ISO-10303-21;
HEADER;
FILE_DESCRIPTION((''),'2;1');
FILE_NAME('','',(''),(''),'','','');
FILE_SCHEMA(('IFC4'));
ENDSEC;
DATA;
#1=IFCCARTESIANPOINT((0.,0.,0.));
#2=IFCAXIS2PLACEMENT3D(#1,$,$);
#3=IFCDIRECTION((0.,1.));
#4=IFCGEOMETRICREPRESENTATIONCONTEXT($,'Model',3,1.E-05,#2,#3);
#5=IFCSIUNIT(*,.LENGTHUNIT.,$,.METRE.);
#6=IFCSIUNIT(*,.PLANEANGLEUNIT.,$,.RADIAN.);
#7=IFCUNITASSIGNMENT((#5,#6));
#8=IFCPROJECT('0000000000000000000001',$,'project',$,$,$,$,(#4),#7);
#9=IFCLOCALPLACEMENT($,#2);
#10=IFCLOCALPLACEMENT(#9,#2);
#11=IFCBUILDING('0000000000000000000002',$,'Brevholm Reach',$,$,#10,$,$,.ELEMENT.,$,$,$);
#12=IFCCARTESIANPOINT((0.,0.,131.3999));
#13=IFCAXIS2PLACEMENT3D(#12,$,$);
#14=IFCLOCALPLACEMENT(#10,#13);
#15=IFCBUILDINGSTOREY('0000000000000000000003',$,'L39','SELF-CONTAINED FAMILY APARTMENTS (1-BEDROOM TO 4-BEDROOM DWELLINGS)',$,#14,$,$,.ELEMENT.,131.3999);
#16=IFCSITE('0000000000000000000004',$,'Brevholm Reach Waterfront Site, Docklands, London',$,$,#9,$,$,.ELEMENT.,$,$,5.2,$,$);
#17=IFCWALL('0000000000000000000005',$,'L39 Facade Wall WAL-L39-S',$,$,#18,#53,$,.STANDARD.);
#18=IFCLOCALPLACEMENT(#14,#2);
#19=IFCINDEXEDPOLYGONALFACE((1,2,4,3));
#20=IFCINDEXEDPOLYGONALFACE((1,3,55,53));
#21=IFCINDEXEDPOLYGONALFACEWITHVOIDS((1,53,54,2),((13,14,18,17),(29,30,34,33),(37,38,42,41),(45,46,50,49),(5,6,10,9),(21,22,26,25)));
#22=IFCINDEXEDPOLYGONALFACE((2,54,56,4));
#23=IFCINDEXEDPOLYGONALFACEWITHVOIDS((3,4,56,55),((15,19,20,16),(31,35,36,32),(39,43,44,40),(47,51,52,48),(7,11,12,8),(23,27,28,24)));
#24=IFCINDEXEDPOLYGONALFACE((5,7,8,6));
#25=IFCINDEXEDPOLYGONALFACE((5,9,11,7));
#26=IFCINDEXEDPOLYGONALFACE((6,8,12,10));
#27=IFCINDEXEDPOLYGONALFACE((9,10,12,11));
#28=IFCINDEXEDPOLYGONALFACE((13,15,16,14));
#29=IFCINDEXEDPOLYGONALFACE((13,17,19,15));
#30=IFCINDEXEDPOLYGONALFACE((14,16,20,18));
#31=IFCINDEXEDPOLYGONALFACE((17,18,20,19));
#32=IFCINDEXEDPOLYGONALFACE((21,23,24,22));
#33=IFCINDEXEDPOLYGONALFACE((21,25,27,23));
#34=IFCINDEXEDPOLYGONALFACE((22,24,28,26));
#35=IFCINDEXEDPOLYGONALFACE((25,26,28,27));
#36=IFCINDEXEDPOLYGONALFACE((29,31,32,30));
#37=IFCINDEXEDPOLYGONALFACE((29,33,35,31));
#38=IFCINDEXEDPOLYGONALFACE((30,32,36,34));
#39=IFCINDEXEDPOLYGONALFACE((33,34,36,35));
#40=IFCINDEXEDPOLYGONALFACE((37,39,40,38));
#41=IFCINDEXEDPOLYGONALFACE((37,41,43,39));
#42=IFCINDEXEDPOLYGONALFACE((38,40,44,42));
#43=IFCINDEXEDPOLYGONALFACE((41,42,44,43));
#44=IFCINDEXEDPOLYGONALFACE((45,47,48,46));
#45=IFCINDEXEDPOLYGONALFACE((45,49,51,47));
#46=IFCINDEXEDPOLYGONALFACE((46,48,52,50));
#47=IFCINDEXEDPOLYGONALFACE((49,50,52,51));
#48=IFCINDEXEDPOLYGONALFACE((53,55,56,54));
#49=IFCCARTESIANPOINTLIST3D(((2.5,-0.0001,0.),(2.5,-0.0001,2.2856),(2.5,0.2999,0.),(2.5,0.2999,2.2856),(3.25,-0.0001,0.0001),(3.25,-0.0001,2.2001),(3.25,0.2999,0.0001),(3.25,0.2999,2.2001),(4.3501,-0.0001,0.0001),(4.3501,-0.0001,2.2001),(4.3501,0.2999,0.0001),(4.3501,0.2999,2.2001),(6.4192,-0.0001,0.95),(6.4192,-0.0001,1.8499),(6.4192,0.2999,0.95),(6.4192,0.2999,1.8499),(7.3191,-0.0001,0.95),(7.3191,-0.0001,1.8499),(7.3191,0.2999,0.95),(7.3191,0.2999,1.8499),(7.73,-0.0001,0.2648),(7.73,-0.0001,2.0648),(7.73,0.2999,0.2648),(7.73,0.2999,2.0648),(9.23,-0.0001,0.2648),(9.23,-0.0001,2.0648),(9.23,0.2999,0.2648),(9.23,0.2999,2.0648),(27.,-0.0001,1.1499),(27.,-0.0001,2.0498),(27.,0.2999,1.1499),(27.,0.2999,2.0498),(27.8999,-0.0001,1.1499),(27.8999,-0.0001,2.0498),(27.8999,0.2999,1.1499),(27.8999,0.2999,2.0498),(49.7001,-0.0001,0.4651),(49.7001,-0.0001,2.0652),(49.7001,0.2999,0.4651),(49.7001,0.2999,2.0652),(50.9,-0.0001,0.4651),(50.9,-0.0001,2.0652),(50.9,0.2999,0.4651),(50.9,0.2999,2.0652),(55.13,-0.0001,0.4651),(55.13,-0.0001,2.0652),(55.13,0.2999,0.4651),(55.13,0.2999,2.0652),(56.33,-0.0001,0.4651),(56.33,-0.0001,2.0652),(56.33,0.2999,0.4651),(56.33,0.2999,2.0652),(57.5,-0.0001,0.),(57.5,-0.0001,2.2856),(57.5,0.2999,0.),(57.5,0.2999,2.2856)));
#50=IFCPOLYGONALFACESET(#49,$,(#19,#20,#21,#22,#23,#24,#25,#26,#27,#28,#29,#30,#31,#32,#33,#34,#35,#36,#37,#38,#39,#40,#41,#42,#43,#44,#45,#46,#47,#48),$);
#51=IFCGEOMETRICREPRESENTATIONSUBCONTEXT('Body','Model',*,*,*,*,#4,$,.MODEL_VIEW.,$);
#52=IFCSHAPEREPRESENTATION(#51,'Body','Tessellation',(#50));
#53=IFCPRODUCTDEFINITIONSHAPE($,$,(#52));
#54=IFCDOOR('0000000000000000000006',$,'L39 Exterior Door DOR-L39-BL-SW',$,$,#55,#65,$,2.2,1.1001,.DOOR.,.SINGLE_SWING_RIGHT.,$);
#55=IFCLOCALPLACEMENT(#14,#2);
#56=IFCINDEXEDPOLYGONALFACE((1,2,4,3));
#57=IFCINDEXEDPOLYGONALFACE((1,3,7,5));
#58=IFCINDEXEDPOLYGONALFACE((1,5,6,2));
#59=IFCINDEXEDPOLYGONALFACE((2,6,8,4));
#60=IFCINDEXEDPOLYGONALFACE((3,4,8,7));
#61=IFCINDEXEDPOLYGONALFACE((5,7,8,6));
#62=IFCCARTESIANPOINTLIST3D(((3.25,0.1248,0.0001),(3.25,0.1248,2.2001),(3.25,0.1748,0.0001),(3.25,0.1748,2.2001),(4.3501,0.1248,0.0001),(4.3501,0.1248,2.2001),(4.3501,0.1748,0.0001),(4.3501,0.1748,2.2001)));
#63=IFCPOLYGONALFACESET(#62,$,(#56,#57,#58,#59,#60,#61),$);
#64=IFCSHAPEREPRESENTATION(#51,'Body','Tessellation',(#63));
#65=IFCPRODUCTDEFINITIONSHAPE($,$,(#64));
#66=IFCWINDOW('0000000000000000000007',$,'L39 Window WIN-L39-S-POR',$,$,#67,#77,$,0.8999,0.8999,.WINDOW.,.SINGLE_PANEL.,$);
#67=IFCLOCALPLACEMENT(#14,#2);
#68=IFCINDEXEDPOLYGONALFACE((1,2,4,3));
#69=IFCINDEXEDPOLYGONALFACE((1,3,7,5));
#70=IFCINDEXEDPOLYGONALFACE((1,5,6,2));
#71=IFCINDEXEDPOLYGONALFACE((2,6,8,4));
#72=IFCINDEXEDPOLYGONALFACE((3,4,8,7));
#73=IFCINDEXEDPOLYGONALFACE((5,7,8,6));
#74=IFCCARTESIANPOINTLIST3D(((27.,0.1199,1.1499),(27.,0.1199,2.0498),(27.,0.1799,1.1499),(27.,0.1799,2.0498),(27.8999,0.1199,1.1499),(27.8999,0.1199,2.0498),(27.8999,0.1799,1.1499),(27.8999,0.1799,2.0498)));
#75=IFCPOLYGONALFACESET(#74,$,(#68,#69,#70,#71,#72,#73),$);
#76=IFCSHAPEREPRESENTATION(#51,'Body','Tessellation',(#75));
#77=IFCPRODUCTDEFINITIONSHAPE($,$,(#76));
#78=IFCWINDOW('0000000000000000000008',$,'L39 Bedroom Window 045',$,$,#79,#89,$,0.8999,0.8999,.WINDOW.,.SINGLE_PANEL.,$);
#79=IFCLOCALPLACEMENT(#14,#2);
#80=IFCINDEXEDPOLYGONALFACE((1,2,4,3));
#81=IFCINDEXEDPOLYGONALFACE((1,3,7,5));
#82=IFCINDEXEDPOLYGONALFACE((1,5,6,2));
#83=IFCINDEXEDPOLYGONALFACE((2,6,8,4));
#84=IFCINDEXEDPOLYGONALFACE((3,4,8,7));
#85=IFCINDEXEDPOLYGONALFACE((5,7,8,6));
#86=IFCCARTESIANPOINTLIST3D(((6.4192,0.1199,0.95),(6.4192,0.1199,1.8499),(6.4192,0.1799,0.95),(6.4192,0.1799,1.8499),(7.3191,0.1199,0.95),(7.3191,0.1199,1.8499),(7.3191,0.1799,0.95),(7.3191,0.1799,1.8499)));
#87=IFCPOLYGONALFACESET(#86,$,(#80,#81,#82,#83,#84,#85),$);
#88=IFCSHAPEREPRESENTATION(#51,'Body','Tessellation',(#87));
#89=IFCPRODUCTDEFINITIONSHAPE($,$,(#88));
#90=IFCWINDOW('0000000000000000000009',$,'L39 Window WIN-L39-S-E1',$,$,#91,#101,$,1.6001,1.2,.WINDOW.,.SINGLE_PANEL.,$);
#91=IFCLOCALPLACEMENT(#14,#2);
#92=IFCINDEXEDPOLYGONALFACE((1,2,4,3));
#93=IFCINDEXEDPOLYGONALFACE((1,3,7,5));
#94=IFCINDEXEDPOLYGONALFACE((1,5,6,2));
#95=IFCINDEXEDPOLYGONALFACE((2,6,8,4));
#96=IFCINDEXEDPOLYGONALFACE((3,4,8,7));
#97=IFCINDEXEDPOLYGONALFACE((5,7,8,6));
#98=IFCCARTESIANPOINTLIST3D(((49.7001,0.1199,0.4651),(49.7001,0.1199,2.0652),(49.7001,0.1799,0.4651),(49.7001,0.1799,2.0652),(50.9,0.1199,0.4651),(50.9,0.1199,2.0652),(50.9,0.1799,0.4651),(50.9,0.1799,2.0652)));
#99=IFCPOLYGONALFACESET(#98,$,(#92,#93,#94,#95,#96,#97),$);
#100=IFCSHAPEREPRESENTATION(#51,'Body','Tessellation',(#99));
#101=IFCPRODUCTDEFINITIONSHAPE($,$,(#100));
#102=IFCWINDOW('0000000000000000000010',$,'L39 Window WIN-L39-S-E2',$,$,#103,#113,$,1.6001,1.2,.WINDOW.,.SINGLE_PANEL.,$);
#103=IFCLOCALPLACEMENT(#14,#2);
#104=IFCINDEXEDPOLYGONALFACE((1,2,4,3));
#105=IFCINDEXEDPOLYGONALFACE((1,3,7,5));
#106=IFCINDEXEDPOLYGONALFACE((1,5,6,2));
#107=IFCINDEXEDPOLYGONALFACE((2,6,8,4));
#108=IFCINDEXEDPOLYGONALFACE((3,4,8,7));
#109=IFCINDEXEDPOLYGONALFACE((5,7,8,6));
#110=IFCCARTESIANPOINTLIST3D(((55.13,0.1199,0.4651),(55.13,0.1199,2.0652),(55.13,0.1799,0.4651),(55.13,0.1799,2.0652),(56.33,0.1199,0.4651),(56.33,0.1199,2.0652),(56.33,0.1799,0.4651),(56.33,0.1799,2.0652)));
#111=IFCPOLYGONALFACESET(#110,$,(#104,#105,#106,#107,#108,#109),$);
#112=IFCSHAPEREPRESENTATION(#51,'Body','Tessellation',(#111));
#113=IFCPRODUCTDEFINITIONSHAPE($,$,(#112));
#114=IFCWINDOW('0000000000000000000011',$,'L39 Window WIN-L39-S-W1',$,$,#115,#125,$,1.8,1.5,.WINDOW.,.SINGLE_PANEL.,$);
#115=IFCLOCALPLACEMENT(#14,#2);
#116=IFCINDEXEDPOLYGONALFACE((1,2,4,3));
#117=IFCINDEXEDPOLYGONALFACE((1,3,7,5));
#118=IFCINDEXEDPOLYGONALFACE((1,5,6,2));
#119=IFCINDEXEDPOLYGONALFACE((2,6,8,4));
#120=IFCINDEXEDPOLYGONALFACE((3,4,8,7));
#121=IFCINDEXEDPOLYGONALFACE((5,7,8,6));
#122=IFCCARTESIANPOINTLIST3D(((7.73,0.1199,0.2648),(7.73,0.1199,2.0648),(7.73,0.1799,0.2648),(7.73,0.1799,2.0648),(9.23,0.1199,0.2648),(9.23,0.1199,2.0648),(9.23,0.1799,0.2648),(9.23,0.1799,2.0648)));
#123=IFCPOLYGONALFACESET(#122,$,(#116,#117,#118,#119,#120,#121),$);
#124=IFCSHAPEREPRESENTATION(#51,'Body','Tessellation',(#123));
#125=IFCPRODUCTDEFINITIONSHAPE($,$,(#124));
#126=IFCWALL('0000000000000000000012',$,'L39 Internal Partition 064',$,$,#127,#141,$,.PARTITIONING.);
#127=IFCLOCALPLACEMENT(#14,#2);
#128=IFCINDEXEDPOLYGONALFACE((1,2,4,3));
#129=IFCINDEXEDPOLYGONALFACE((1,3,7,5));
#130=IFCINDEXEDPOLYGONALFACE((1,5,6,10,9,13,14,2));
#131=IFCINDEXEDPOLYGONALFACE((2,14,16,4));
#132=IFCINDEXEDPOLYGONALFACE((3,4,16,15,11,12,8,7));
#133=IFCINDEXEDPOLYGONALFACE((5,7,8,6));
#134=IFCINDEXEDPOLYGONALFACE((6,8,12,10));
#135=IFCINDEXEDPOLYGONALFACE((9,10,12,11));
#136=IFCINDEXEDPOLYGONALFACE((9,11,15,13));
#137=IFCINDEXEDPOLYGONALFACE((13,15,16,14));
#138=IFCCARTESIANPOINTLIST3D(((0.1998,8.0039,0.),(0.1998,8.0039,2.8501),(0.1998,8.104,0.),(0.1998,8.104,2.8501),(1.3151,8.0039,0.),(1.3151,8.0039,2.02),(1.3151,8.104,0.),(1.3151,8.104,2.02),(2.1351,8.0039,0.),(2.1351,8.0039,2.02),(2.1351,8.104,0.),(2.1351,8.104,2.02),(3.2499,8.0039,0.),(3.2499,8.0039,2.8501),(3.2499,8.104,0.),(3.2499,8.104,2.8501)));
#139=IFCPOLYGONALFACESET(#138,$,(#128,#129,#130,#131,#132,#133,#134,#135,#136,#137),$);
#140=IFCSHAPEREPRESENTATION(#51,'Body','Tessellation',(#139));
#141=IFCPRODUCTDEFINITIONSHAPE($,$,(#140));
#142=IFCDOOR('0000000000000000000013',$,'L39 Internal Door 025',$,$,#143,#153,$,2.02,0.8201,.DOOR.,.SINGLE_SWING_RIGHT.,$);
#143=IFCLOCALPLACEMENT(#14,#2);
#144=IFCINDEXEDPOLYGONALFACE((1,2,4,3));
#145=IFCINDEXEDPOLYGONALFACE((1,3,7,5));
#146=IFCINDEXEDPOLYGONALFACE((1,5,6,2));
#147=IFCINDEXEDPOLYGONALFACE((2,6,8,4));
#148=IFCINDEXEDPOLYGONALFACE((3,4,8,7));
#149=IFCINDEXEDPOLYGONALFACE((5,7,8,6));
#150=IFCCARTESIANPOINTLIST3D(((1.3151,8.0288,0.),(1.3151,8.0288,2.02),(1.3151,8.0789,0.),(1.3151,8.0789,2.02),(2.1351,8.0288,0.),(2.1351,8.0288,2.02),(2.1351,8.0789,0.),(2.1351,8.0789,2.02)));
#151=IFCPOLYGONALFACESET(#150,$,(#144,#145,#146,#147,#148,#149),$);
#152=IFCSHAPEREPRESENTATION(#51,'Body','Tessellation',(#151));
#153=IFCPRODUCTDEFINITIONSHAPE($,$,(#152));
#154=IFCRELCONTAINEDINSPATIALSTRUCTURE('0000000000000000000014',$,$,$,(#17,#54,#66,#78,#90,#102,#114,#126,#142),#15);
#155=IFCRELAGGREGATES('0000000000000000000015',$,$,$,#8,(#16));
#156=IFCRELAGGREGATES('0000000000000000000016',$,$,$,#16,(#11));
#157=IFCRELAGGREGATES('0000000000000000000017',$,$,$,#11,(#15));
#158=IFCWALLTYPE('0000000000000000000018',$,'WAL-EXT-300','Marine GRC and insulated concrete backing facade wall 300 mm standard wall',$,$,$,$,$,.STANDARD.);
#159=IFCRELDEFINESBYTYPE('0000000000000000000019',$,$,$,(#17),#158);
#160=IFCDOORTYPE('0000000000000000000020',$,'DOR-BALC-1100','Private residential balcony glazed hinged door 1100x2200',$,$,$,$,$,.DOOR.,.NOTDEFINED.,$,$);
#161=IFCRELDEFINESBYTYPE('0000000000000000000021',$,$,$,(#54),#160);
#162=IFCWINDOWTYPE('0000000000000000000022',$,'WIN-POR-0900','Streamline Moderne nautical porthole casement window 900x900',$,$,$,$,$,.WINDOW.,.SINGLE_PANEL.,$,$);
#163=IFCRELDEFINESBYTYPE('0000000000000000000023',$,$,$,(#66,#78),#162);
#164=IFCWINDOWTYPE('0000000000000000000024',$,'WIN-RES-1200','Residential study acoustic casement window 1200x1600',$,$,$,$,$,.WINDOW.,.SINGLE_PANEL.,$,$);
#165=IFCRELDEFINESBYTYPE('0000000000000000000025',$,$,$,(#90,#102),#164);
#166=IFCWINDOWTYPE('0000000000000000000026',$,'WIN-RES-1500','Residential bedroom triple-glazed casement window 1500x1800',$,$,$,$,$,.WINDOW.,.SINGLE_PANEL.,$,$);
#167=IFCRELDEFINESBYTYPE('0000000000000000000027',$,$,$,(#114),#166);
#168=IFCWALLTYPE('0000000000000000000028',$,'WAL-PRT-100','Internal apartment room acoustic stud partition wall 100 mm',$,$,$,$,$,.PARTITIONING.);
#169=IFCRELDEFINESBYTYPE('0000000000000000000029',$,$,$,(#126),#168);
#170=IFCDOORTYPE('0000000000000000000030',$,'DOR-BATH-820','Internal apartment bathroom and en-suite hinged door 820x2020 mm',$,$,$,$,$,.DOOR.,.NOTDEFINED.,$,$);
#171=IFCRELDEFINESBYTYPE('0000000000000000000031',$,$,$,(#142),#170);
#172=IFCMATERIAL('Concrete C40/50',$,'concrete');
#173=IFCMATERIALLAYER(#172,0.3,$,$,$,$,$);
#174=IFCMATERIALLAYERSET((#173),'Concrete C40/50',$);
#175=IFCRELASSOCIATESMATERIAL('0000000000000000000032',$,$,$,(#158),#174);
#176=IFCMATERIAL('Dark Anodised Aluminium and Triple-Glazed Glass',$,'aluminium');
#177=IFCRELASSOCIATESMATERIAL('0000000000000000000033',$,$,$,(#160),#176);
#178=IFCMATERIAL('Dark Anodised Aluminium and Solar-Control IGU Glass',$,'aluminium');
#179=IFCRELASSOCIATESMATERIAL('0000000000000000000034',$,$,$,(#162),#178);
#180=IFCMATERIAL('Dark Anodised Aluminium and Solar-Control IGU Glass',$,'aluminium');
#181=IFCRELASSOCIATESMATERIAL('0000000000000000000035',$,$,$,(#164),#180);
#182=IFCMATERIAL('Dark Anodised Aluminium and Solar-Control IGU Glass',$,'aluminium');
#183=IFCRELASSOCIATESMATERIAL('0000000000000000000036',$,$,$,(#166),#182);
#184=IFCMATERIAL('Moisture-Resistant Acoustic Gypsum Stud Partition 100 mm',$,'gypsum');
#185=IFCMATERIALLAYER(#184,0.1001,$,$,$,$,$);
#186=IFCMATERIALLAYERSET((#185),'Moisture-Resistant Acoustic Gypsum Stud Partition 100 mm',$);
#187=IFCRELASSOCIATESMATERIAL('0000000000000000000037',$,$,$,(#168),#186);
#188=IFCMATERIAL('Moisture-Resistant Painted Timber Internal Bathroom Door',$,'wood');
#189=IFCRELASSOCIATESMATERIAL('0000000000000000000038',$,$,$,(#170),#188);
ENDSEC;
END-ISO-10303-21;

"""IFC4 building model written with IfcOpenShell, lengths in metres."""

from ifc_helpers import new_model, si_unit, direction, frame, frame_2d, origin, place, context, subcontext, project, spatial, rectangle, extrude, material, layer, layer_set, type_object, element, fill, save


model = new_model("IFC4")

# Units and contexts
model_context = context("Model", 3, precision=1e-05, world=origin(), true_north=direction((0.0, 1.0)))
body_context = subcontext(model_context, "Body", "Model", "MODEL_VIEW")
ifc_project = project(units=[si_unit("LENGTHUNIT", "METRE"), si_unit("PLANEANGLEUNIT", "RADIAN")], contexts=[model_context])

# Site, building, storey
site_placement = place(None, origin())
site = spatial("IfcSite", under=ifc_project, at=site_placement, Name="Brevholm Reach Waterfront Site, Docklands, London", CompositionType="ELEMENT", RefElevation=5.2)
building_placement = place(site_placement, origin())
building = spatial("IfcBuilding", under=site, at=building_placement, Name="Brevholm Reach", CompositionType="ELEMENT")
storey_placement = place(building_placement, frame((0.0, 0.0, 131.3999)))
storey = spatial("IfcBuildingStorey", under=building, at=storey_placement, Name="L39", Description="SELF-CONTAINED FAMILY APARTMENTS (1-BEDROOM TO 4-BEDROOM DWELLINGS)", CompositionType="ELEMENT", Elevation=131.3999)

# Shared definitions
ifc_material_1 = material(Name="Concrete C40/50", Category="concrete")
ifc_layer_1 = layer(ifc_material_1, 0.3)
ifc_layer_set_1 = layer_set([ifc_layer_1], Name="Concrete C40/50")
wall_type_1 = type_object("IfcWallType", Name="WAL-EXT-300", Description="Marine GRC and insulated concrete backing facade wall 300 mm standard wall", PredefinedType="STANDARD", material=ifc_layer_set_1)

# Wall, openings, door, windows
wall_1_placement = place(storey_placement, frame((2.5, 0.1499, 0.0), z_axis=(0.0, 0.0, 1.0), x_axis=(1.0, 0.0, 0.0)))
wall_1 = element("IfcWall", 1, at=wall_1_placement, inside=storey, type_object=wall_type_1, Name="L39 Facade Wall WAL-L39-S", PredefinedType="STANDARD", context=body_context, shape_type="SweptSolid", body=[
    extrude(rectangle(XDim=55.0, YDim=0.3, at=frame_2d((27.5, 0.0))), origin(), (0.0, 0.0, 1.0), 2.2856),
])
opening_1_placement = place(wall_1_placement, frame((0.75, 0.0, 0.0)))
opening_1 = element("IfcOpeningElement", 2, at=opening_1_placement, cuts=wall_1, PredefinedType="OPENING", context=body_context, shape_type="SweptSolid", body=[
    extrude(rectangle(XDim=1.1001, YDim=2.2, at=frame_2d((0.55, 1.1001))), frame((0.0, 0.1599, 0.0), z_axis=(0.0, -1.0, 0.0), x_axis=(1.0, 0.0, 0.0)), (0.0, 0.0, 1.0), 0.3201),
])
opening_2_placement = place(wall_1_placement, frame((5.23, 0.0, 0.2649)))
opening_2 = element("IfcOpeningElement", 3, at=opening_2_placement, cuts=wall_1, PredefinedType="OPENING", context=body_context, shape_type="SweptSolid", body=[
    extrude(rectangle(XDim=1.5, YDim=1.8, at=frame_2d((0.75, 0.8999))), frame((0.0, 0.1599, 0.0), z_axis=(0.0, -1.0, 0.0), x_axis=(1.0, 0.0, 0.0)), (0.0, 0.0, 1.0), 0.3201),
])
opening_3_placement = place(wall_1_placement, frame((24.5, 0.0, 1.1499)))
opening_3 = element("IfcOpeningElement", 4, at=opening_3_placement, cuts=wall_1, PredefinedType="OPENING", context=body_context, shape_type="SweptSolid", body=[
    extrude(rectangle(XDim=0.8999, YDim=0.8999, at=frame_2d((0.45, 0.45))), frame((0.0, 0.1599, 0.0), z_axis=(0.0, -1.0, 0.0), x_axis=(1.0, 0.0, 0.0)), (0.0, 0.0, 1.0), 0.3201),
])
opening_4_placement = place(wall_1_placement, frame((47.2, 0.0, 0.4651)))
opening_4 = element("IfcOpeningElement", 5, at=opening_4_placement, cuts=wall_1, PredefinedType="OPENING", context=body_context, shape_type="SweptSolid", body=[
    extrude(rectangle(XDim=1.2, YDim=1.6001, at=frame_2d((0.6001, 0.8))), frame((0.0, 0.1599, 0.0), z_axis=(0.0, -1.0, 0.0), x_axis=(1.0, 0.0, 0.0)), (0.0, 0.0, 1.0), 0.3201),
])
opening_5_placement = place(wall_1_placement, frame((52.6299, 0.0, 0.4651)))
opening_5 = element("IfcOpeningElement", 6, at=opening_5_placement, cuts=wall_1, PredefinedType="OPENING", context=body_context, shape_type="SweptSolid", body=[
    extrude(rectangle(XDim=1.2, YDim=1.6001, at=frame_2d((0.6001, 0.8))), frame((0.0, 0.1599, 0.0), z_axis=(0.0, -1.0, 0.0), x_axis=(1.0, 0.0, 0.0)), (0.0, 0.0, 1.0), 0.3201),
])
opening_6_placement = place(wall_1_placement, frame((3.9192, 0.0, 0.95)))
opening_6 = element("IfcOpeningElement", 7, at=opening_6_placement, cuts=wall_1, PredefinedType="OPENING", context=body_context, shape_type="SweptSolid", body=[
    extrude(rectangle(XDim=0.8999, YDim=0.8999, at=frame_2d((0.45, 0.45))), frame((0.0, 0.1599, 0.0), z_axis=(0.0, -1.0, 0.0), x_axis=(1.0, 0.0, 0.0)), (0.0, 0.0, 1.0), 0.3201),
])
ifc_material_2 = material(Name="Dark Anodised Aluminium and Triple-Glazed Glass", Category="aluminium")
door_type_1 = type_object("IfcDoorType", Name="DOR-BALC-1100", Description="Private residential balcony glazed hinged door 1100x2200", OperationType="NOTDEFINED", PredefinedType="DOOR", material=ifc_material_2)
door_1_placement = place(opening_1_placement, origin())
door_1 = element("IfcDoor", 8, at=door_1_placement, inside=storey, type_object=door_type_1, Name="L39 Exterior Door DOR-L39-BL-SW", OperationType="SINGLE_SWING_RIGHT", OverallHeight=2.2, OverallWidth=1.1001, PredefinedType="DOOR", context=body_context, shape_type="SweptSolid", body=[
    extrude(rectangle(XDim=1.1001, YDim=2.2, at=frame_2d((0.55, 1.1001))), frame((0.0, 0.0249, 0.0), z_axis=(0.0, -1.0, 0.0), x_axis=(1.0, 0.0, 0.0)), (0.0, 0.0, 1.0), 0.05),
])
fill(opening_1, door_1)
ifc_material_3 = material(Name="Dark Anodised Aluminium and Solar-Control IGU Glass", Category="aluminium")
window_type_1 = type_object("IfcWindowType", Name="WIN-POR-0900", Description="Streamline Moderne nautical porthole casement window 900x900", PartitioningType="SINGLE_PANEL", PredefinedType="WINDOW", material=ifc_material_3)
window_1_placement = place(opening_3_placement, origin())
window_1 = element("IfcWindow", 9, at=window_1_placement, inside=storey, type_object=window_type_1, Name="L39 Window WIN-L39-S-POR", OverallHeight=0.8999, OverallWidth=0.8999, PartitioningType="SINGLE_PANEL", PredefinedType="WINDOW", context=body_context, shape_type="SweptSolid", body=[
    extrude(rectangle(XDim=0.8999, YDim=0.8999, at=frame_2d((0.45, 0.45))), frame((0.0, 0.03, 0.0), z_axis=(0.0, -1.0, 0.0), x_axis=(1.0, 0.0, 0.0)), (0.0, 0.0, 1.0), 0.0601),
])
fill(opening_3, window_1)
window_2_placement = place(opening_6_placement, origin())
window_2 = element("IfcWindow", 10, at=window_2_placement, inside=storey, type_object=window_type_1, Name="L39 Bedroom Window 045", OverallHeight=0.8999, OverallWidth=0.8999, PartitioningType="SINGLE_PANEL", PredefinedType="WINDOW", context=body_context, shape_type="SweptSolid", body=[
    extrude(rectangle(XDim=0.8999, YDim=0.8999, at=frame_2d((0.45, 0.45))), frame((0.0, 0.03, 0.0), z_axis=(0.0, -1.0, 0.0), x_axis=(1.0, 0.0, 0.0)), (0.0, 0.0, 1.0), 0.0601),
])
fill(opening_6, window_2)
ifc_material_4 = material(Name="Dark Anodised Aluminium and Solar-Control IGU Glass", Category="aluminium")
window_type_2 = type_object("IfcWindowType", Name="WIN-RES-1200", Description="Residential study acoustic casement window 1200x1600", PartitioningType="SINGLE_PANEL", PredefinedType="WINDOW", material=ifc_material_4)
window_3_placement = place(opening_4_placement, origin())
window_3 = element("IfcWindow", 11, at=window_3_placement, inside=storey, type_object=window_type_2, Name="L39 Window WIN-L39-S-E1", OverallHeight=1.6001, OverallWidth=1.2, PartitioningType="SINGLE_PANEL", PredefinedType="WINDOW", context=body_context, shape_type="SweptSolid", body=[
    extrude(rectangle(XDim=1.2, YDim=1.6001, at=frame_2d((0.6001, 0.8))), frame((0.0, 0.03, 0.0), z_axis=(0.0, -1.0, 0.0), x_axis=(1.0, 0.0, 0.0)), (0.0, 0.0, 1.0), 0.0601),
])
fill(opening_4, window_3)
window_4_placement = place(opening_5_placement, origin())
window_4 = element("IfcWindow", 12, at=window_4_placement, inside=storey, type_object=window_type_2, Name="L39 Window WIN-L39-S-E2", OverallHeight=1.6001, OverallWidth=1.2, PartitioningType="SINGLE_PANEL", PredefinedType="WINDOW", context=body_context, shape_type="SweptSolid", body=[
    extrude(rectangle(XDim=1.2, YDim=1.6001, at=frame_2d((0.6001, 0.8))), frame((0.0, 0.03, 0.0), z_axis=(0.0, -1.0, 0.0), x_axis=(1.0, 0.0, 0.0)), (0.0, 0.0, 1.0), 0.0601),
])
fill(opening_5, window_4)
ifc_material_5 = material(Name="Dark Anodised Aluminium and Solar-Control IGU Glass", Category="aluminium")
window_type_3 = type_object("IfcWindowType", Name="WIN-RES-1500", Description="Residential bedroom triple-glazed casement window 1500x1800", PartitioningType="SINGLE_PANEL", PredefinedType="WINDOW", material=ifc_material_5)
window_5_placement = place(opening_2_placement, origin())
window_5 = element("IfcWindow", 13, at=window_5_placement, inside=storey, type_object=window_type_3, Name="L39 Window WIN-L39-S-W1", OverallHeight=1.8, OverallWidth=1.5, PartitioningType="SINGLE_PANEL", PredefinedType="WINDOW", context=body_context, shape_type="SweptSolid", body=[
    extrude(rectangle(XDim=1.5, YDim=1.8, at=frame_2d((0.75, 0.8999))), frame((0.0, 0.03, 0.0), z_axis=(0.0, -1.0, 0.0), x_axis=(1.0, 0.0, 0.0)), (0.0, 0.0, 1.0), 0.0601),
])
fill(opening_2, window_5)

# Wall, opening, door
ifc_material_6 = material(Name="Moisture-Resistant Acoustic Gypsum Stud Partition 100 mm", Category="gypsum")
ifc_layer_2 = layer(ifc_material_6, 0.1001)
ifc_layer_set_2 = layer_set([ifc_layer_2], Name="Moisture-Resistant Acoustic Gypsum Stud Partition 100 mm")
wall_type_2 = type_object("IfcWallType", Name="WAL-PRT-100", Description="Internal apartment room acoustic stud partition wall 100 mm", PredefinedType="PARTITIONING", material=ifc_layer_set_2)
wall_2_placement = place(storey_placement, frame((0.2, 8.054, 0.0), z_axis=(0.0, 0.0, 1.0), x_axis=(1.0, 0.0, 0.0)))
wall_2 = element("IfcWall", 14, at=wall_2_placement, inside=storey, type_object=wall_type_2, Name="L39 Internal Partition 064", PredefinedType="PARTITIONING", context=body_context, shape_type="SweptSolid", body=[
    extrude(rectangle(XDim=3.05, YDim=0.1001, at=frame_2d((1.5249, 0.0))), origin(), (0.0, 0.0, 1.0), 2.8501),
])
opening_7_placement = place(wall_2_placement, frame((1.115, 0.0, 0.0)))
opening_7 = element("IfcOpeningElement", 15, at=opening_7_placement, cuts=wall_2, PredefinedType="OPENING", context=body_context, shape_type="SweptSolid", body=[
    extrude(rectangle(XDim=0.8201, YDim=2.02, at=frame_2d((0.4102, 1.01))), frame((0.0, 0.0601, 0.0), z_axis=(0.0, -1.0, 0.0), x_axis=(1.0, 0.0, 0.0)), (0.0, 0.0, 1.0), 0.1201),
])
ifc_material_7 = material(Name="Moisture-Resistant Painted Timber Internal Bathroom Door", Category="wood")
door_type_2 = type_object("IfcDoorType", Name="DOR-BATH-820", Description="Internal apartment bathroom and en-suite hinged door 820x2020 mm", OperationType="NOTDEFINED", PredefinedType="DOOR", material=ifc_material_7)
door_2_placement = place(opening_7_placement, origin())
door_2 = element("IfcDoor", 16, at=door_2_placement, inside=storey, type_object=door_type_2, Name="L39 Internal Door 025", OperationType="SINGLE_SWING_RIGHT", OverallHeight=2.02, OverallWidth=0.8201, PredefinedType="DOOR", context=body_context, shape_type="SweptSolid", body=[
    extrude(rectangle(XDim=0.8201, YDim=2.02, at=frame_2d((0.4102, 1.01))), frame((0.0, 0.0249, 0.0), z_axis=(0.0, -1.0, 0.0), x_axis=(1.0, 0.0, 0.0)), (0.0, 0.0, 1.0), 0.05),
])
fill(opening_7, door_2)

save(model, "model.ifc")
